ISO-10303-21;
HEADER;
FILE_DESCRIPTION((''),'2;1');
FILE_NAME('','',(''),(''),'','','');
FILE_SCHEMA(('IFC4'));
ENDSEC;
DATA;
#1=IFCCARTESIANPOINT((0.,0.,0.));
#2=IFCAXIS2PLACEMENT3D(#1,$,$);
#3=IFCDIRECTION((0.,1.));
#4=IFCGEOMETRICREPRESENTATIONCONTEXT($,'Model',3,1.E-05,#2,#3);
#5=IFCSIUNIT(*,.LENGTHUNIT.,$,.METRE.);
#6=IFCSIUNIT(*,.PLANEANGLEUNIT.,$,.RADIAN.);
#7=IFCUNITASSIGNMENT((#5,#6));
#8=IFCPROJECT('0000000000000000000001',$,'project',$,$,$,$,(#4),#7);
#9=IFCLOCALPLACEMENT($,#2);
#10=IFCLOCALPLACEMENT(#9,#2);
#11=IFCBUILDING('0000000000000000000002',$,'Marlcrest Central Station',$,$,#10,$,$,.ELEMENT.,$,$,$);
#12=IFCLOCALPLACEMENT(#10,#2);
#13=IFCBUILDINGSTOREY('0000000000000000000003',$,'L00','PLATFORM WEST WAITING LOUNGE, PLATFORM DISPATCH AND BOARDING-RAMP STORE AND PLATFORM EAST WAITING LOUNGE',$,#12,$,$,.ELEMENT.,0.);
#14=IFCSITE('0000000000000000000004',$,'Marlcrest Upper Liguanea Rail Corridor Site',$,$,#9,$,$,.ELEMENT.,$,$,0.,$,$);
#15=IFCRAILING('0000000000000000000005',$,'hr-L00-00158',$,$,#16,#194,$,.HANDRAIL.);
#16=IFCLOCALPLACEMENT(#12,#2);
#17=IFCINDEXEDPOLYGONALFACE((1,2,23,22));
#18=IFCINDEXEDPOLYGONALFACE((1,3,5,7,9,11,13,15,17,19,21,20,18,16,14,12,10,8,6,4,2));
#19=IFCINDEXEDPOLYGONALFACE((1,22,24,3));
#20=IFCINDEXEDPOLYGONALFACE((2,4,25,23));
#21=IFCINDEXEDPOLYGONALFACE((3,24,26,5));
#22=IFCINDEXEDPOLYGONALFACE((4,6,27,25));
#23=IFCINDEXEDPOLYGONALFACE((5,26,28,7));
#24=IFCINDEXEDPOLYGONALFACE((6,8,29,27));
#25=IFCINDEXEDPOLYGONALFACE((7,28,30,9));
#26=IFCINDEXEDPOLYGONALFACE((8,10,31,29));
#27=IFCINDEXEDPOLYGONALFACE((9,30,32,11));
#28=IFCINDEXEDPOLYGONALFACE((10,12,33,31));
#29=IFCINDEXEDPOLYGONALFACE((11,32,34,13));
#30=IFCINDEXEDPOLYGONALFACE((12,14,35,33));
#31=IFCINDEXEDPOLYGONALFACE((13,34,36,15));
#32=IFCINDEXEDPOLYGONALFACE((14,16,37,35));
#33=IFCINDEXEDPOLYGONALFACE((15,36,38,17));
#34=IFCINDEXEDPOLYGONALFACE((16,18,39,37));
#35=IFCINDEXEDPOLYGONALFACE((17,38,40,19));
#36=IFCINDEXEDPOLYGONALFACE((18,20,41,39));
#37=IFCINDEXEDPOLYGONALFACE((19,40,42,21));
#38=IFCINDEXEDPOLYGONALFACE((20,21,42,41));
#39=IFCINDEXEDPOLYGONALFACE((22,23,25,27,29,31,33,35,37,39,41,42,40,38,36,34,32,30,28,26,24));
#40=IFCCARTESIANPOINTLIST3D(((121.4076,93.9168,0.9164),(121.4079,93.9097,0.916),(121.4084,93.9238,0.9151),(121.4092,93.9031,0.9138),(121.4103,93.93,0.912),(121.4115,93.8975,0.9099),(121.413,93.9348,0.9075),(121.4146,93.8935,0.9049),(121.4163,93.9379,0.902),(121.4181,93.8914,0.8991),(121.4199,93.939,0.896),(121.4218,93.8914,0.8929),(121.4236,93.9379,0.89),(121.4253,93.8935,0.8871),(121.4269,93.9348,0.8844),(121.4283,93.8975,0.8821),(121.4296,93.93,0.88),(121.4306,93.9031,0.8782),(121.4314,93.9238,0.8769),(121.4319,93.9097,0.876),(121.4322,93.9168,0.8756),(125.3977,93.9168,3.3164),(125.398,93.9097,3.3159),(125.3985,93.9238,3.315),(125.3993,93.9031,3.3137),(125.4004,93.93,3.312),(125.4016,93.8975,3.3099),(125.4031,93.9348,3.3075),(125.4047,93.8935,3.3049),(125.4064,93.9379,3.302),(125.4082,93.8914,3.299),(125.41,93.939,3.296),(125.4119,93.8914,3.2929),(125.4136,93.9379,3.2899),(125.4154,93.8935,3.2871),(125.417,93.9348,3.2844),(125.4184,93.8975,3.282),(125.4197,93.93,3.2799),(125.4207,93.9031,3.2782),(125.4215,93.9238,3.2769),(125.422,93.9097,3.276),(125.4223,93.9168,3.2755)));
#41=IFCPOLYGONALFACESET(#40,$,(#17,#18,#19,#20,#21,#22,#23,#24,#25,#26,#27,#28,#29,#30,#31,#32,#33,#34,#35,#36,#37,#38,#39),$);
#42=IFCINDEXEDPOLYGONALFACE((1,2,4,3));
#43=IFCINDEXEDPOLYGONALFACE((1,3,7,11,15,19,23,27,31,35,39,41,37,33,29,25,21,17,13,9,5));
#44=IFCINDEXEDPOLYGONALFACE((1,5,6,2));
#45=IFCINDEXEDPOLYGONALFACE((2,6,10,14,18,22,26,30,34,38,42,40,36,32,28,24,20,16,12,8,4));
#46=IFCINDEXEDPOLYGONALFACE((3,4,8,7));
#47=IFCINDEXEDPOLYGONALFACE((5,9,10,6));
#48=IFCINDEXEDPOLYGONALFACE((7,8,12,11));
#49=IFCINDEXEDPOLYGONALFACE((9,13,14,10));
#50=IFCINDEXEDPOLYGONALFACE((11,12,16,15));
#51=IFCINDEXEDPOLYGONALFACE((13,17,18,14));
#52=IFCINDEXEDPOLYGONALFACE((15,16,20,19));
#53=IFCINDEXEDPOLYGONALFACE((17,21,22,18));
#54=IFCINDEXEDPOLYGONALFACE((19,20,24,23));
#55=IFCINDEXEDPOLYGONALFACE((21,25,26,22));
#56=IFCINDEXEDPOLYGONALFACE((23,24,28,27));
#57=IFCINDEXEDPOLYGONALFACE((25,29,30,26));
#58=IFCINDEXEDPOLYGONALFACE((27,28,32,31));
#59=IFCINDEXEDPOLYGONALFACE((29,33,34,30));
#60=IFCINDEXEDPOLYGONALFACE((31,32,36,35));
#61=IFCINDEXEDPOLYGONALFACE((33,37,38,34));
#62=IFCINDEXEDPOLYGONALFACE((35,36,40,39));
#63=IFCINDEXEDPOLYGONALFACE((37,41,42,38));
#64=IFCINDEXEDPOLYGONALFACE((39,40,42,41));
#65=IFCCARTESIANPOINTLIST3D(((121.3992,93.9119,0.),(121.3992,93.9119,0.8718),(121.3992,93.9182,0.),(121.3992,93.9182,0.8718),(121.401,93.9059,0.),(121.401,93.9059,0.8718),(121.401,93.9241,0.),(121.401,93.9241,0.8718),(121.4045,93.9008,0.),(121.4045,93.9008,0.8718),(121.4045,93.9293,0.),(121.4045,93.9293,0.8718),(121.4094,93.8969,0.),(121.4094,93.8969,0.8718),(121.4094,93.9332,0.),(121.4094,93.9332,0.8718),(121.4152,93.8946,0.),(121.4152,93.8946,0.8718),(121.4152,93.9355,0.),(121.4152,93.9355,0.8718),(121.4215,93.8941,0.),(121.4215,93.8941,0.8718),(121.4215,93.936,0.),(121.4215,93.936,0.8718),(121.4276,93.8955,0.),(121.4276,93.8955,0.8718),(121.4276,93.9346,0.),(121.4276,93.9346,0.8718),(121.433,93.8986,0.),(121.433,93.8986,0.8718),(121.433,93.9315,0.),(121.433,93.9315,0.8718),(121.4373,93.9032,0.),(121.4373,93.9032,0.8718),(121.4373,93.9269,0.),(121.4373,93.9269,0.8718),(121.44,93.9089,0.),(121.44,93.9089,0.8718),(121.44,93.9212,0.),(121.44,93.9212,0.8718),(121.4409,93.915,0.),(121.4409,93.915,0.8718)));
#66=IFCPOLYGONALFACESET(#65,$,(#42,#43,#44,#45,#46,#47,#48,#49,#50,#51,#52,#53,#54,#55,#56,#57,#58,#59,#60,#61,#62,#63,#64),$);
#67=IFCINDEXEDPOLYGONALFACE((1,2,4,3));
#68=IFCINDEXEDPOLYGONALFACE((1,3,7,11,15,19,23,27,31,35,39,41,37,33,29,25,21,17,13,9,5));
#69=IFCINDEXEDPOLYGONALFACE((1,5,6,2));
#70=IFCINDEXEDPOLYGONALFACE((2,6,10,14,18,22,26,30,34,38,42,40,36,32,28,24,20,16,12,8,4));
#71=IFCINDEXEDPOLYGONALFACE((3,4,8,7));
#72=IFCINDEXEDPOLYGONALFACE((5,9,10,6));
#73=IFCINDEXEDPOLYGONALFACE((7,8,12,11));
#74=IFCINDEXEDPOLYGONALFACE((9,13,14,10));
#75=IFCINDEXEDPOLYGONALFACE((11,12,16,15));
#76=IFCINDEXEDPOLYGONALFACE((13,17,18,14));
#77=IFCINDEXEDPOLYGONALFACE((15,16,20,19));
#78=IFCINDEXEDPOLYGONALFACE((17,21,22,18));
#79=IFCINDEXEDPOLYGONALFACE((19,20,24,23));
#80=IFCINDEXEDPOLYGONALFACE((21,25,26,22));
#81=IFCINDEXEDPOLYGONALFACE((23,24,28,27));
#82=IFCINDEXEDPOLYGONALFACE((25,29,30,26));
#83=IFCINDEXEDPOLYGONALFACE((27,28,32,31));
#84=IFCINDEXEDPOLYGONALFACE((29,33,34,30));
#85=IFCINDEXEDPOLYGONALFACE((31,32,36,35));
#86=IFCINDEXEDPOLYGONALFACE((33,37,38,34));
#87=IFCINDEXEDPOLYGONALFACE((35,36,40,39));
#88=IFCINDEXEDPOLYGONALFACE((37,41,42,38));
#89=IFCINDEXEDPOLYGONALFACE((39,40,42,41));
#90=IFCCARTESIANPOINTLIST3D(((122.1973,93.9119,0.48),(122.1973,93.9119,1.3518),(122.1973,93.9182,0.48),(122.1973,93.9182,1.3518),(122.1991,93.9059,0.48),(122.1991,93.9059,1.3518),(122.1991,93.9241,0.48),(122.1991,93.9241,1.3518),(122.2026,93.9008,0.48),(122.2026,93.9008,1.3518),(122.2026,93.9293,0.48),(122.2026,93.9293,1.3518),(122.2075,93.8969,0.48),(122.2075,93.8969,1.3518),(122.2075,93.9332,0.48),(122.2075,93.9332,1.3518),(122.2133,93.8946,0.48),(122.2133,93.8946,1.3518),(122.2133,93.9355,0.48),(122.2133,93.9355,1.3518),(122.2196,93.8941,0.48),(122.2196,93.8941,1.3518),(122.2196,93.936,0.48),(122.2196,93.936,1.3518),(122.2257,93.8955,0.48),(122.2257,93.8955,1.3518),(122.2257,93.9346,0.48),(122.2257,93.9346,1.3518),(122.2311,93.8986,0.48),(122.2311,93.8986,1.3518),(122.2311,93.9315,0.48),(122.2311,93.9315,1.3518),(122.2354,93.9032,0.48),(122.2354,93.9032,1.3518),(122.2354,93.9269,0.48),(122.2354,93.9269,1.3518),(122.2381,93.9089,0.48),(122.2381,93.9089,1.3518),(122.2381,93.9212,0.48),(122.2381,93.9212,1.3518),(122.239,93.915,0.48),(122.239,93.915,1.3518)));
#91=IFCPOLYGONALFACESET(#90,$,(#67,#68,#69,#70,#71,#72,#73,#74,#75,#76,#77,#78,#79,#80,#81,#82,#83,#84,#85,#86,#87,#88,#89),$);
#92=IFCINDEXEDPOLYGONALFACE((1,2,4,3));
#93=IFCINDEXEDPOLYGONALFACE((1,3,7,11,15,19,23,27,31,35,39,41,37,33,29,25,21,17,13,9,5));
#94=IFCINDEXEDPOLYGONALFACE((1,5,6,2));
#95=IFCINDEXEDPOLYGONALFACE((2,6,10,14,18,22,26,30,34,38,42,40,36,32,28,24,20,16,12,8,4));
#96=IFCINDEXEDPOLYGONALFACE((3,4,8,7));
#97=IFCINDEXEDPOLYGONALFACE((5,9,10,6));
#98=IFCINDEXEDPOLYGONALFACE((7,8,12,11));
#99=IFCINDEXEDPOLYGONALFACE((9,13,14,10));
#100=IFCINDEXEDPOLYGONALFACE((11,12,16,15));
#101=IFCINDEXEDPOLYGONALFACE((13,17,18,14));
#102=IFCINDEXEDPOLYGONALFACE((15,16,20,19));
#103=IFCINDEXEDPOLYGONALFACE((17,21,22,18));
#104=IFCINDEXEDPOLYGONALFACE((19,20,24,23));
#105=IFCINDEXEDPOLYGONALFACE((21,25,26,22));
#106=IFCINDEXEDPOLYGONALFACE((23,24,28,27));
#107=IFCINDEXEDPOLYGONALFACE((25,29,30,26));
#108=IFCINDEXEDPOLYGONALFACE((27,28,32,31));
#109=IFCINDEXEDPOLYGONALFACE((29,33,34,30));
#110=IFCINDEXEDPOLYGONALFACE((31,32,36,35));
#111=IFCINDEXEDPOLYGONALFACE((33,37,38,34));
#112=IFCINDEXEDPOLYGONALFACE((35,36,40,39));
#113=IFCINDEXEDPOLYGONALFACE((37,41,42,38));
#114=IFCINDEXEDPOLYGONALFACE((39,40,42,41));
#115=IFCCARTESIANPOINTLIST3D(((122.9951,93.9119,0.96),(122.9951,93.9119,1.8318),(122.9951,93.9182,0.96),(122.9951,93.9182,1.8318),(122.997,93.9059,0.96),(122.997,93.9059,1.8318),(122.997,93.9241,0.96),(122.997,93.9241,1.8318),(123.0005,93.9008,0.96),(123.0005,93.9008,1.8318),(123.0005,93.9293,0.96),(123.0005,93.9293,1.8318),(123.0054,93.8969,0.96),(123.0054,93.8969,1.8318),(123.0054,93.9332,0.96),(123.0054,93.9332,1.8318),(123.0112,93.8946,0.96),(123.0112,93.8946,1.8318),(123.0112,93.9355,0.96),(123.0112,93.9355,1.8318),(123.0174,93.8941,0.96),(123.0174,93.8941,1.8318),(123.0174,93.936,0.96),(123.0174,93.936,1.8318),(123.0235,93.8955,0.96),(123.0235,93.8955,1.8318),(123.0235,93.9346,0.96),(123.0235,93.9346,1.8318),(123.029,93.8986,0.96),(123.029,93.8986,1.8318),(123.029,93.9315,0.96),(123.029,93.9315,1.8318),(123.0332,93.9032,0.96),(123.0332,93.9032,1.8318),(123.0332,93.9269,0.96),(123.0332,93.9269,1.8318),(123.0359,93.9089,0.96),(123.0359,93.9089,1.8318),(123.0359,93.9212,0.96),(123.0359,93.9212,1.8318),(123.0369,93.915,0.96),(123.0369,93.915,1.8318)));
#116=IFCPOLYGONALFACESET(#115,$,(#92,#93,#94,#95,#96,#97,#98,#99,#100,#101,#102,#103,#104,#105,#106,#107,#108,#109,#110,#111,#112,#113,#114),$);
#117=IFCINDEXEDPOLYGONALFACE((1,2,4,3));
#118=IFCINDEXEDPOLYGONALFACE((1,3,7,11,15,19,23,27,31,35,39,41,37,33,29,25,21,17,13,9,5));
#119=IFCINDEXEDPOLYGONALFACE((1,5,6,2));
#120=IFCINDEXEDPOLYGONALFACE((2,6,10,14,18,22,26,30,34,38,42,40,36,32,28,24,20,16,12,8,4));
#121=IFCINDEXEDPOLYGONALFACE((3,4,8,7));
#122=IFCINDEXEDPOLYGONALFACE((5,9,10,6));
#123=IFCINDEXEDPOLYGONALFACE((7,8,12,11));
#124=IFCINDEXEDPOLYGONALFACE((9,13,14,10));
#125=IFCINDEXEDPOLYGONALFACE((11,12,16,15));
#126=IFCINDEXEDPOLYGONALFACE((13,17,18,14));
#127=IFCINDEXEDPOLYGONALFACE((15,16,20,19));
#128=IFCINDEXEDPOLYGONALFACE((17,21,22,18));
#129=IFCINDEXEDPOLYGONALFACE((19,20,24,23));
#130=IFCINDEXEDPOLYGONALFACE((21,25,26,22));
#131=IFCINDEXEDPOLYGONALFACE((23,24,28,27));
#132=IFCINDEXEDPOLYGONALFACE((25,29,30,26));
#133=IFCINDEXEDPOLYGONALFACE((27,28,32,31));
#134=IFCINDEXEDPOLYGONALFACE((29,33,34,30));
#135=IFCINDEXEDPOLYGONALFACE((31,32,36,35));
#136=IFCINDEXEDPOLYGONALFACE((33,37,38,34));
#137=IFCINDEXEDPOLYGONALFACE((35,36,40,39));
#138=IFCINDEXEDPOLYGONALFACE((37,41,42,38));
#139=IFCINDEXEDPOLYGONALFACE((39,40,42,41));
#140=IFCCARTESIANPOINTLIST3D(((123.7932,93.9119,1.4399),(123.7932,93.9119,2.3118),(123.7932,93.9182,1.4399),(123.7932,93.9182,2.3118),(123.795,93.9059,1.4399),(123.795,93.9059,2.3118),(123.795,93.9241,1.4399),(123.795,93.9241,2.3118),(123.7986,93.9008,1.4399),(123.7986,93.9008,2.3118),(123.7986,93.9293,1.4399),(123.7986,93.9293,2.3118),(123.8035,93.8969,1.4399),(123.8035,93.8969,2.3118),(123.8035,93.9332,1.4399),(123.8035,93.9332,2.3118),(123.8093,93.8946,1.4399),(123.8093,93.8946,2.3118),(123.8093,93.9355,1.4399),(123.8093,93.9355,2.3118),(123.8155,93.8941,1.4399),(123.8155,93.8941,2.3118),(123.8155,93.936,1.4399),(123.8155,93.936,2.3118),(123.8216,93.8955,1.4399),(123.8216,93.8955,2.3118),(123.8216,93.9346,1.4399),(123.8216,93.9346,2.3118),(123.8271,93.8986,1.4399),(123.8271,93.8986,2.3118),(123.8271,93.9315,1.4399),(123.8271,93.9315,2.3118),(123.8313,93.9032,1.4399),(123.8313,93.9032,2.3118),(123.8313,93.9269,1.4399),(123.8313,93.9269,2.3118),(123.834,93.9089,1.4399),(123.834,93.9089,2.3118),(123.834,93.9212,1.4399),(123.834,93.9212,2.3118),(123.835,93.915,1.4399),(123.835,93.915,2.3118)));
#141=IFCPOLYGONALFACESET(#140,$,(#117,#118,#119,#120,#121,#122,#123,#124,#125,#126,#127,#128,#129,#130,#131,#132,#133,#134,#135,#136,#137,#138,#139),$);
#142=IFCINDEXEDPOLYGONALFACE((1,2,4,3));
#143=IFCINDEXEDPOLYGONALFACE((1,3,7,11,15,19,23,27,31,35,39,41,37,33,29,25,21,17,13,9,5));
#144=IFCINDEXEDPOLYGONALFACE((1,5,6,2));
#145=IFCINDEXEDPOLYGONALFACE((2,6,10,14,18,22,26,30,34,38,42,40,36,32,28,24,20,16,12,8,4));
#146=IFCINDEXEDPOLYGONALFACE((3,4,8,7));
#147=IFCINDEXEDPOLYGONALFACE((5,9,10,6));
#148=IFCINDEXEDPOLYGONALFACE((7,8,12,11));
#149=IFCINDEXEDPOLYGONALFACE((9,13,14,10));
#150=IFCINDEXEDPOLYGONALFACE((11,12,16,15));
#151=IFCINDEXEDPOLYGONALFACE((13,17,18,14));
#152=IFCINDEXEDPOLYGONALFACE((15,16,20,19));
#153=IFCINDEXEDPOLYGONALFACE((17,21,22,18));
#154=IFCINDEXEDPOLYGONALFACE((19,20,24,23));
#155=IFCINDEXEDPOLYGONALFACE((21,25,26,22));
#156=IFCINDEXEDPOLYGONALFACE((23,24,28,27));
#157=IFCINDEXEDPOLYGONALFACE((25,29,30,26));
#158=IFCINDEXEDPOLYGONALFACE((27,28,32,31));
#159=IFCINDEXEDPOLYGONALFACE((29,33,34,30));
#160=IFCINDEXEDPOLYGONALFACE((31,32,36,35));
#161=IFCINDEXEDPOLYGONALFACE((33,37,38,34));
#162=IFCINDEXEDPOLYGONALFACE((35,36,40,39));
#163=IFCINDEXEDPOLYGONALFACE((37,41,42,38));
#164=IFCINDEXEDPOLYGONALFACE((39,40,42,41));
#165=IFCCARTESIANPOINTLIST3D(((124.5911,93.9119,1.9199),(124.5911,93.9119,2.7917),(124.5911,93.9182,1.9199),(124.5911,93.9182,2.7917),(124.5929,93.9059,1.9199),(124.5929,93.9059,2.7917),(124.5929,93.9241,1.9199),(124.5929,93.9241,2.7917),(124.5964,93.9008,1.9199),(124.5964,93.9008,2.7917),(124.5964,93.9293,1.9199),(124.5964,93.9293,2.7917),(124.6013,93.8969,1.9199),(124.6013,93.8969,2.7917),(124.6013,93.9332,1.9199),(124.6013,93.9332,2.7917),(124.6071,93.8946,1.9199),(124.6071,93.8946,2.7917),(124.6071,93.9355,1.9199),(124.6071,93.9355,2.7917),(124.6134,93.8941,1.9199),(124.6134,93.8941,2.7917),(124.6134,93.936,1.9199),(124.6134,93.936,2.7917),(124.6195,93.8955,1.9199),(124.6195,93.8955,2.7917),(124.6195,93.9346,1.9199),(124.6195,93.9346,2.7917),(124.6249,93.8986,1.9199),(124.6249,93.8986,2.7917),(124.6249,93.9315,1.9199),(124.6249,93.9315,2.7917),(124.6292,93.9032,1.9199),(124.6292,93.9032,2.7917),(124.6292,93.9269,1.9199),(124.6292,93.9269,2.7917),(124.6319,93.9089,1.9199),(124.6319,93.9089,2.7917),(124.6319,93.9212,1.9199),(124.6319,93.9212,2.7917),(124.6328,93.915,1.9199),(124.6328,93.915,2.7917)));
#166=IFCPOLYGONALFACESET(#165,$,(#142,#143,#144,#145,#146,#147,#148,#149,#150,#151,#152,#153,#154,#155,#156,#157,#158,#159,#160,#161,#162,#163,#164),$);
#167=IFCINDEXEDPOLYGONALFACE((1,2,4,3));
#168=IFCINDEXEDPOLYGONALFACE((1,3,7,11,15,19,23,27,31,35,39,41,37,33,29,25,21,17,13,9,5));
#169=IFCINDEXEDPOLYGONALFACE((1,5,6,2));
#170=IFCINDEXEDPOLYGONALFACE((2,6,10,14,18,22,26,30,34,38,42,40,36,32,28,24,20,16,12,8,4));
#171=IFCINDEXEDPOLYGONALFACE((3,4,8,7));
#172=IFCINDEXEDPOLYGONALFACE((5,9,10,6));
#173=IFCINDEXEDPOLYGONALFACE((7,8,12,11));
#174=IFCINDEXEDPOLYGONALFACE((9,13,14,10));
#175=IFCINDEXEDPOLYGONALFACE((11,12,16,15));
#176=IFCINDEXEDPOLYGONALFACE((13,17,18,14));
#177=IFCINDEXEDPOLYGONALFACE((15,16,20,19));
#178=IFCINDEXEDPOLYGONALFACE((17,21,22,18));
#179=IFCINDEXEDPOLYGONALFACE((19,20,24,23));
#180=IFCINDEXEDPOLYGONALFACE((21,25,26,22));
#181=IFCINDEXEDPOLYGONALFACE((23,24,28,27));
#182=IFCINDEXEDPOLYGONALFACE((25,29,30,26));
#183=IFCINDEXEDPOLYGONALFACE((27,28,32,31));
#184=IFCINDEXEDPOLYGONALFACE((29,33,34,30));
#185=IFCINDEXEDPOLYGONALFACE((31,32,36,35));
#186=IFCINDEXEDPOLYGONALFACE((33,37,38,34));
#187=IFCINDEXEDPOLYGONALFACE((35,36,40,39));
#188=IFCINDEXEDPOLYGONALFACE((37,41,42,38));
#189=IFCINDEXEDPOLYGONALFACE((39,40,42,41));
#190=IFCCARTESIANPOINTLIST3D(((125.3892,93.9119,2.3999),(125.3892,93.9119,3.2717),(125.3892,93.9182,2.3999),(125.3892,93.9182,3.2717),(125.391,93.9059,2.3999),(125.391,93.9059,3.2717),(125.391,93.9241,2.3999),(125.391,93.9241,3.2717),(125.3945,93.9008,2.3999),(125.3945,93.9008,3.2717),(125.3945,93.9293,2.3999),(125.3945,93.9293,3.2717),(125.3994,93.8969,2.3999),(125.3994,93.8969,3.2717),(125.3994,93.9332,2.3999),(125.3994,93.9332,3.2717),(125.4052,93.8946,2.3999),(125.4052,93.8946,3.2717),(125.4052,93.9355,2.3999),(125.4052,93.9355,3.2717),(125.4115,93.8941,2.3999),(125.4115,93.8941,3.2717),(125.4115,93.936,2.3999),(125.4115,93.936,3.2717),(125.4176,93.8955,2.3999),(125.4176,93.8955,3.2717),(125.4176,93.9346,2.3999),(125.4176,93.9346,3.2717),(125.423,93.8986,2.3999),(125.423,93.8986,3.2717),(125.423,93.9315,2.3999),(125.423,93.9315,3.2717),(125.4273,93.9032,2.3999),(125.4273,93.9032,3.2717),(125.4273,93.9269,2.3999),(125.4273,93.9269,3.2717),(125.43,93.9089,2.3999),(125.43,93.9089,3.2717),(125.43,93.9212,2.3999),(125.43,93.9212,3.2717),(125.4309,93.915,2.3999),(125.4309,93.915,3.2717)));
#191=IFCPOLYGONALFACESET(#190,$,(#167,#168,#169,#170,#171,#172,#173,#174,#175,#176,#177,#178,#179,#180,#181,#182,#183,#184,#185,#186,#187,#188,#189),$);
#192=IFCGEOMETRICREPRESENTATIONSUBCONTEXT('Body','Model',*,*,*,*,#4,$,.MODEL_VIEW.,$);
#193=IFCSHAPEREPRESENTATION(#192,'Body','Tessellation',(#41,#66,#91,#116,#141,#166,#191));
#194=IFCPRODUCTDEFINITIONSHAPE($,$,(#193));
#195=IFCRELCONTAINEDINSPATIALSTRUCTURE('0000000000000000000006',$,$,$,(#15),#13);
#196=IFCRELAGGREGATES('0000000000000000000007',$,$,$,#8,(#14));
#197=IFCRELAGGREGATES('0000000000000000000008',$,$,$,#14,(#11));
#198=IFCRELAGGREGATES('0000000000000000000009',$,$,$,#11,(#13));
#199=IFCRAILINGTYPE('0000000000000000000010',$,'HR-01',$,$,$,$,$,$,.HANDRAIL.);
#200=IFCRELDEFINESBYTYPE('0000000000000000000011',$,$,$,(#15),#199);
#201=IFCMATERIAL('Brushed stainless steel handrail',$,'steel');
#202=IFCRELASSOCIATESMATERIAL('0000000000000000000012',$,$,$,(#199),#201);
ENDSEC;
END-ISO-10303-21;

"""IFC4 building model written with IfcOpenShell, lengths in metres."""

from ifc_helpers import new_model, si_unit, direction, frame, origin, origin_2d, place, context, subcontext, project, spatial, circle, extrude, material, type_object, element, save


model = new_model("IFC4")

# Units and contexts
model_context = context("Model", 3, precision=1e-05, world=origin(), true_north=direction((0.0, 1.0)))
body_context = subcontext(model_context, "Body", "Model", "MODEL_VIEW")
ifc_project = project(units=[si_unit("LENGTHUNIT", "METRE"), si_unit("PLANEANGLEUNIT", "RADIAN")], contexts=[model_context])

# Site, building, storey
site_placement = place(None, origin())
site = spatial("IfcSite", under=ifc_project, at=site_placement, Name="Marlcrest Upper Liguanea Rail Corridor Site", CompositionType="ELEMENT", RefElevation=0.0)
building_placement = place(site_placement, origin())
building = spatial("IfcBuilding", under=site, at=building_placement, Name="Marlcrest Central Station", CompositionType="ELEMENT")
storey_placement = place(building_placement, origin())
storey = spatial("IfcBuildingStorey", under=building, at=storey_placement, Name="L00", Description="PLATFORM WEST WAITING LOUNGE, PLATFORM DISPATCH AND BOARDING-RAMP STORE AND PLATFORM EAST WAITING LOUNGE", CompositionType="ELEMENT", Elevation=0.0)

# Railing
ifc_material_1 = material(Name="Brushed stainless steel handrail", Category="steel")
railing_type = type_object("IfcRailingType", Name="HR-01", PredefinedType="HANDRAIL", material=ifc_material_1)
railing_1_placement = place(storey_placement, frame((121.4199, 93.915, 0.0)))
element("IfcRailing", 1, at=railing_1_placement, inside=storey, type_object=railing_type, Name="hr-L00-00158", PredefinedType="HANDRAIL", context=body_context, shape_type="SweptSolid", body=[
    extrude(circle(Radius=0.0239, at=origin_2d()), frame((0.0, 0.0, 0.896), z_axis=(0.856933, 0.0, 0.515428), x_axis=(0.0, 1.0, 0.0)), (0.0, 0.0, 1.0), 4.6562),
    extrude(circle(Radius=0.021, at=origin_2d()), origin(), (0.0, 0.0, 1.0), 0.8718),
    extrude(circle(Radius=0.021, at=origin_2d()), frame((0.7981, 0.0, 0.48)), (0.0, 0.0, 1.0), 0.8718),
    extrude(circle(Radius=0.021, at=origin_2d()), frame((1.5959, 0.0, 0.96)), (0.0, 0.0, 1.0), 0.8718),
    extrude(circle(Radius=0.021, at=origin_2d()), frame((2.394, 0.0, 1.4399)), (0.0, 0.0, 1.0), 0.8718),
    extrude(circle(Radius=0.021, at=origin_2d()), frame((3.1919, 0.0, 1.9199)), (0.0, 0.0, 1.0), 0.8718),
    extrude(circle(Radius=0.021, at=origin_2d()), frame((3.99, 0.0, 2.3999)), (0.0, 0.0, 1.0), 0.8718),
])

save(model, "model.ifc")
